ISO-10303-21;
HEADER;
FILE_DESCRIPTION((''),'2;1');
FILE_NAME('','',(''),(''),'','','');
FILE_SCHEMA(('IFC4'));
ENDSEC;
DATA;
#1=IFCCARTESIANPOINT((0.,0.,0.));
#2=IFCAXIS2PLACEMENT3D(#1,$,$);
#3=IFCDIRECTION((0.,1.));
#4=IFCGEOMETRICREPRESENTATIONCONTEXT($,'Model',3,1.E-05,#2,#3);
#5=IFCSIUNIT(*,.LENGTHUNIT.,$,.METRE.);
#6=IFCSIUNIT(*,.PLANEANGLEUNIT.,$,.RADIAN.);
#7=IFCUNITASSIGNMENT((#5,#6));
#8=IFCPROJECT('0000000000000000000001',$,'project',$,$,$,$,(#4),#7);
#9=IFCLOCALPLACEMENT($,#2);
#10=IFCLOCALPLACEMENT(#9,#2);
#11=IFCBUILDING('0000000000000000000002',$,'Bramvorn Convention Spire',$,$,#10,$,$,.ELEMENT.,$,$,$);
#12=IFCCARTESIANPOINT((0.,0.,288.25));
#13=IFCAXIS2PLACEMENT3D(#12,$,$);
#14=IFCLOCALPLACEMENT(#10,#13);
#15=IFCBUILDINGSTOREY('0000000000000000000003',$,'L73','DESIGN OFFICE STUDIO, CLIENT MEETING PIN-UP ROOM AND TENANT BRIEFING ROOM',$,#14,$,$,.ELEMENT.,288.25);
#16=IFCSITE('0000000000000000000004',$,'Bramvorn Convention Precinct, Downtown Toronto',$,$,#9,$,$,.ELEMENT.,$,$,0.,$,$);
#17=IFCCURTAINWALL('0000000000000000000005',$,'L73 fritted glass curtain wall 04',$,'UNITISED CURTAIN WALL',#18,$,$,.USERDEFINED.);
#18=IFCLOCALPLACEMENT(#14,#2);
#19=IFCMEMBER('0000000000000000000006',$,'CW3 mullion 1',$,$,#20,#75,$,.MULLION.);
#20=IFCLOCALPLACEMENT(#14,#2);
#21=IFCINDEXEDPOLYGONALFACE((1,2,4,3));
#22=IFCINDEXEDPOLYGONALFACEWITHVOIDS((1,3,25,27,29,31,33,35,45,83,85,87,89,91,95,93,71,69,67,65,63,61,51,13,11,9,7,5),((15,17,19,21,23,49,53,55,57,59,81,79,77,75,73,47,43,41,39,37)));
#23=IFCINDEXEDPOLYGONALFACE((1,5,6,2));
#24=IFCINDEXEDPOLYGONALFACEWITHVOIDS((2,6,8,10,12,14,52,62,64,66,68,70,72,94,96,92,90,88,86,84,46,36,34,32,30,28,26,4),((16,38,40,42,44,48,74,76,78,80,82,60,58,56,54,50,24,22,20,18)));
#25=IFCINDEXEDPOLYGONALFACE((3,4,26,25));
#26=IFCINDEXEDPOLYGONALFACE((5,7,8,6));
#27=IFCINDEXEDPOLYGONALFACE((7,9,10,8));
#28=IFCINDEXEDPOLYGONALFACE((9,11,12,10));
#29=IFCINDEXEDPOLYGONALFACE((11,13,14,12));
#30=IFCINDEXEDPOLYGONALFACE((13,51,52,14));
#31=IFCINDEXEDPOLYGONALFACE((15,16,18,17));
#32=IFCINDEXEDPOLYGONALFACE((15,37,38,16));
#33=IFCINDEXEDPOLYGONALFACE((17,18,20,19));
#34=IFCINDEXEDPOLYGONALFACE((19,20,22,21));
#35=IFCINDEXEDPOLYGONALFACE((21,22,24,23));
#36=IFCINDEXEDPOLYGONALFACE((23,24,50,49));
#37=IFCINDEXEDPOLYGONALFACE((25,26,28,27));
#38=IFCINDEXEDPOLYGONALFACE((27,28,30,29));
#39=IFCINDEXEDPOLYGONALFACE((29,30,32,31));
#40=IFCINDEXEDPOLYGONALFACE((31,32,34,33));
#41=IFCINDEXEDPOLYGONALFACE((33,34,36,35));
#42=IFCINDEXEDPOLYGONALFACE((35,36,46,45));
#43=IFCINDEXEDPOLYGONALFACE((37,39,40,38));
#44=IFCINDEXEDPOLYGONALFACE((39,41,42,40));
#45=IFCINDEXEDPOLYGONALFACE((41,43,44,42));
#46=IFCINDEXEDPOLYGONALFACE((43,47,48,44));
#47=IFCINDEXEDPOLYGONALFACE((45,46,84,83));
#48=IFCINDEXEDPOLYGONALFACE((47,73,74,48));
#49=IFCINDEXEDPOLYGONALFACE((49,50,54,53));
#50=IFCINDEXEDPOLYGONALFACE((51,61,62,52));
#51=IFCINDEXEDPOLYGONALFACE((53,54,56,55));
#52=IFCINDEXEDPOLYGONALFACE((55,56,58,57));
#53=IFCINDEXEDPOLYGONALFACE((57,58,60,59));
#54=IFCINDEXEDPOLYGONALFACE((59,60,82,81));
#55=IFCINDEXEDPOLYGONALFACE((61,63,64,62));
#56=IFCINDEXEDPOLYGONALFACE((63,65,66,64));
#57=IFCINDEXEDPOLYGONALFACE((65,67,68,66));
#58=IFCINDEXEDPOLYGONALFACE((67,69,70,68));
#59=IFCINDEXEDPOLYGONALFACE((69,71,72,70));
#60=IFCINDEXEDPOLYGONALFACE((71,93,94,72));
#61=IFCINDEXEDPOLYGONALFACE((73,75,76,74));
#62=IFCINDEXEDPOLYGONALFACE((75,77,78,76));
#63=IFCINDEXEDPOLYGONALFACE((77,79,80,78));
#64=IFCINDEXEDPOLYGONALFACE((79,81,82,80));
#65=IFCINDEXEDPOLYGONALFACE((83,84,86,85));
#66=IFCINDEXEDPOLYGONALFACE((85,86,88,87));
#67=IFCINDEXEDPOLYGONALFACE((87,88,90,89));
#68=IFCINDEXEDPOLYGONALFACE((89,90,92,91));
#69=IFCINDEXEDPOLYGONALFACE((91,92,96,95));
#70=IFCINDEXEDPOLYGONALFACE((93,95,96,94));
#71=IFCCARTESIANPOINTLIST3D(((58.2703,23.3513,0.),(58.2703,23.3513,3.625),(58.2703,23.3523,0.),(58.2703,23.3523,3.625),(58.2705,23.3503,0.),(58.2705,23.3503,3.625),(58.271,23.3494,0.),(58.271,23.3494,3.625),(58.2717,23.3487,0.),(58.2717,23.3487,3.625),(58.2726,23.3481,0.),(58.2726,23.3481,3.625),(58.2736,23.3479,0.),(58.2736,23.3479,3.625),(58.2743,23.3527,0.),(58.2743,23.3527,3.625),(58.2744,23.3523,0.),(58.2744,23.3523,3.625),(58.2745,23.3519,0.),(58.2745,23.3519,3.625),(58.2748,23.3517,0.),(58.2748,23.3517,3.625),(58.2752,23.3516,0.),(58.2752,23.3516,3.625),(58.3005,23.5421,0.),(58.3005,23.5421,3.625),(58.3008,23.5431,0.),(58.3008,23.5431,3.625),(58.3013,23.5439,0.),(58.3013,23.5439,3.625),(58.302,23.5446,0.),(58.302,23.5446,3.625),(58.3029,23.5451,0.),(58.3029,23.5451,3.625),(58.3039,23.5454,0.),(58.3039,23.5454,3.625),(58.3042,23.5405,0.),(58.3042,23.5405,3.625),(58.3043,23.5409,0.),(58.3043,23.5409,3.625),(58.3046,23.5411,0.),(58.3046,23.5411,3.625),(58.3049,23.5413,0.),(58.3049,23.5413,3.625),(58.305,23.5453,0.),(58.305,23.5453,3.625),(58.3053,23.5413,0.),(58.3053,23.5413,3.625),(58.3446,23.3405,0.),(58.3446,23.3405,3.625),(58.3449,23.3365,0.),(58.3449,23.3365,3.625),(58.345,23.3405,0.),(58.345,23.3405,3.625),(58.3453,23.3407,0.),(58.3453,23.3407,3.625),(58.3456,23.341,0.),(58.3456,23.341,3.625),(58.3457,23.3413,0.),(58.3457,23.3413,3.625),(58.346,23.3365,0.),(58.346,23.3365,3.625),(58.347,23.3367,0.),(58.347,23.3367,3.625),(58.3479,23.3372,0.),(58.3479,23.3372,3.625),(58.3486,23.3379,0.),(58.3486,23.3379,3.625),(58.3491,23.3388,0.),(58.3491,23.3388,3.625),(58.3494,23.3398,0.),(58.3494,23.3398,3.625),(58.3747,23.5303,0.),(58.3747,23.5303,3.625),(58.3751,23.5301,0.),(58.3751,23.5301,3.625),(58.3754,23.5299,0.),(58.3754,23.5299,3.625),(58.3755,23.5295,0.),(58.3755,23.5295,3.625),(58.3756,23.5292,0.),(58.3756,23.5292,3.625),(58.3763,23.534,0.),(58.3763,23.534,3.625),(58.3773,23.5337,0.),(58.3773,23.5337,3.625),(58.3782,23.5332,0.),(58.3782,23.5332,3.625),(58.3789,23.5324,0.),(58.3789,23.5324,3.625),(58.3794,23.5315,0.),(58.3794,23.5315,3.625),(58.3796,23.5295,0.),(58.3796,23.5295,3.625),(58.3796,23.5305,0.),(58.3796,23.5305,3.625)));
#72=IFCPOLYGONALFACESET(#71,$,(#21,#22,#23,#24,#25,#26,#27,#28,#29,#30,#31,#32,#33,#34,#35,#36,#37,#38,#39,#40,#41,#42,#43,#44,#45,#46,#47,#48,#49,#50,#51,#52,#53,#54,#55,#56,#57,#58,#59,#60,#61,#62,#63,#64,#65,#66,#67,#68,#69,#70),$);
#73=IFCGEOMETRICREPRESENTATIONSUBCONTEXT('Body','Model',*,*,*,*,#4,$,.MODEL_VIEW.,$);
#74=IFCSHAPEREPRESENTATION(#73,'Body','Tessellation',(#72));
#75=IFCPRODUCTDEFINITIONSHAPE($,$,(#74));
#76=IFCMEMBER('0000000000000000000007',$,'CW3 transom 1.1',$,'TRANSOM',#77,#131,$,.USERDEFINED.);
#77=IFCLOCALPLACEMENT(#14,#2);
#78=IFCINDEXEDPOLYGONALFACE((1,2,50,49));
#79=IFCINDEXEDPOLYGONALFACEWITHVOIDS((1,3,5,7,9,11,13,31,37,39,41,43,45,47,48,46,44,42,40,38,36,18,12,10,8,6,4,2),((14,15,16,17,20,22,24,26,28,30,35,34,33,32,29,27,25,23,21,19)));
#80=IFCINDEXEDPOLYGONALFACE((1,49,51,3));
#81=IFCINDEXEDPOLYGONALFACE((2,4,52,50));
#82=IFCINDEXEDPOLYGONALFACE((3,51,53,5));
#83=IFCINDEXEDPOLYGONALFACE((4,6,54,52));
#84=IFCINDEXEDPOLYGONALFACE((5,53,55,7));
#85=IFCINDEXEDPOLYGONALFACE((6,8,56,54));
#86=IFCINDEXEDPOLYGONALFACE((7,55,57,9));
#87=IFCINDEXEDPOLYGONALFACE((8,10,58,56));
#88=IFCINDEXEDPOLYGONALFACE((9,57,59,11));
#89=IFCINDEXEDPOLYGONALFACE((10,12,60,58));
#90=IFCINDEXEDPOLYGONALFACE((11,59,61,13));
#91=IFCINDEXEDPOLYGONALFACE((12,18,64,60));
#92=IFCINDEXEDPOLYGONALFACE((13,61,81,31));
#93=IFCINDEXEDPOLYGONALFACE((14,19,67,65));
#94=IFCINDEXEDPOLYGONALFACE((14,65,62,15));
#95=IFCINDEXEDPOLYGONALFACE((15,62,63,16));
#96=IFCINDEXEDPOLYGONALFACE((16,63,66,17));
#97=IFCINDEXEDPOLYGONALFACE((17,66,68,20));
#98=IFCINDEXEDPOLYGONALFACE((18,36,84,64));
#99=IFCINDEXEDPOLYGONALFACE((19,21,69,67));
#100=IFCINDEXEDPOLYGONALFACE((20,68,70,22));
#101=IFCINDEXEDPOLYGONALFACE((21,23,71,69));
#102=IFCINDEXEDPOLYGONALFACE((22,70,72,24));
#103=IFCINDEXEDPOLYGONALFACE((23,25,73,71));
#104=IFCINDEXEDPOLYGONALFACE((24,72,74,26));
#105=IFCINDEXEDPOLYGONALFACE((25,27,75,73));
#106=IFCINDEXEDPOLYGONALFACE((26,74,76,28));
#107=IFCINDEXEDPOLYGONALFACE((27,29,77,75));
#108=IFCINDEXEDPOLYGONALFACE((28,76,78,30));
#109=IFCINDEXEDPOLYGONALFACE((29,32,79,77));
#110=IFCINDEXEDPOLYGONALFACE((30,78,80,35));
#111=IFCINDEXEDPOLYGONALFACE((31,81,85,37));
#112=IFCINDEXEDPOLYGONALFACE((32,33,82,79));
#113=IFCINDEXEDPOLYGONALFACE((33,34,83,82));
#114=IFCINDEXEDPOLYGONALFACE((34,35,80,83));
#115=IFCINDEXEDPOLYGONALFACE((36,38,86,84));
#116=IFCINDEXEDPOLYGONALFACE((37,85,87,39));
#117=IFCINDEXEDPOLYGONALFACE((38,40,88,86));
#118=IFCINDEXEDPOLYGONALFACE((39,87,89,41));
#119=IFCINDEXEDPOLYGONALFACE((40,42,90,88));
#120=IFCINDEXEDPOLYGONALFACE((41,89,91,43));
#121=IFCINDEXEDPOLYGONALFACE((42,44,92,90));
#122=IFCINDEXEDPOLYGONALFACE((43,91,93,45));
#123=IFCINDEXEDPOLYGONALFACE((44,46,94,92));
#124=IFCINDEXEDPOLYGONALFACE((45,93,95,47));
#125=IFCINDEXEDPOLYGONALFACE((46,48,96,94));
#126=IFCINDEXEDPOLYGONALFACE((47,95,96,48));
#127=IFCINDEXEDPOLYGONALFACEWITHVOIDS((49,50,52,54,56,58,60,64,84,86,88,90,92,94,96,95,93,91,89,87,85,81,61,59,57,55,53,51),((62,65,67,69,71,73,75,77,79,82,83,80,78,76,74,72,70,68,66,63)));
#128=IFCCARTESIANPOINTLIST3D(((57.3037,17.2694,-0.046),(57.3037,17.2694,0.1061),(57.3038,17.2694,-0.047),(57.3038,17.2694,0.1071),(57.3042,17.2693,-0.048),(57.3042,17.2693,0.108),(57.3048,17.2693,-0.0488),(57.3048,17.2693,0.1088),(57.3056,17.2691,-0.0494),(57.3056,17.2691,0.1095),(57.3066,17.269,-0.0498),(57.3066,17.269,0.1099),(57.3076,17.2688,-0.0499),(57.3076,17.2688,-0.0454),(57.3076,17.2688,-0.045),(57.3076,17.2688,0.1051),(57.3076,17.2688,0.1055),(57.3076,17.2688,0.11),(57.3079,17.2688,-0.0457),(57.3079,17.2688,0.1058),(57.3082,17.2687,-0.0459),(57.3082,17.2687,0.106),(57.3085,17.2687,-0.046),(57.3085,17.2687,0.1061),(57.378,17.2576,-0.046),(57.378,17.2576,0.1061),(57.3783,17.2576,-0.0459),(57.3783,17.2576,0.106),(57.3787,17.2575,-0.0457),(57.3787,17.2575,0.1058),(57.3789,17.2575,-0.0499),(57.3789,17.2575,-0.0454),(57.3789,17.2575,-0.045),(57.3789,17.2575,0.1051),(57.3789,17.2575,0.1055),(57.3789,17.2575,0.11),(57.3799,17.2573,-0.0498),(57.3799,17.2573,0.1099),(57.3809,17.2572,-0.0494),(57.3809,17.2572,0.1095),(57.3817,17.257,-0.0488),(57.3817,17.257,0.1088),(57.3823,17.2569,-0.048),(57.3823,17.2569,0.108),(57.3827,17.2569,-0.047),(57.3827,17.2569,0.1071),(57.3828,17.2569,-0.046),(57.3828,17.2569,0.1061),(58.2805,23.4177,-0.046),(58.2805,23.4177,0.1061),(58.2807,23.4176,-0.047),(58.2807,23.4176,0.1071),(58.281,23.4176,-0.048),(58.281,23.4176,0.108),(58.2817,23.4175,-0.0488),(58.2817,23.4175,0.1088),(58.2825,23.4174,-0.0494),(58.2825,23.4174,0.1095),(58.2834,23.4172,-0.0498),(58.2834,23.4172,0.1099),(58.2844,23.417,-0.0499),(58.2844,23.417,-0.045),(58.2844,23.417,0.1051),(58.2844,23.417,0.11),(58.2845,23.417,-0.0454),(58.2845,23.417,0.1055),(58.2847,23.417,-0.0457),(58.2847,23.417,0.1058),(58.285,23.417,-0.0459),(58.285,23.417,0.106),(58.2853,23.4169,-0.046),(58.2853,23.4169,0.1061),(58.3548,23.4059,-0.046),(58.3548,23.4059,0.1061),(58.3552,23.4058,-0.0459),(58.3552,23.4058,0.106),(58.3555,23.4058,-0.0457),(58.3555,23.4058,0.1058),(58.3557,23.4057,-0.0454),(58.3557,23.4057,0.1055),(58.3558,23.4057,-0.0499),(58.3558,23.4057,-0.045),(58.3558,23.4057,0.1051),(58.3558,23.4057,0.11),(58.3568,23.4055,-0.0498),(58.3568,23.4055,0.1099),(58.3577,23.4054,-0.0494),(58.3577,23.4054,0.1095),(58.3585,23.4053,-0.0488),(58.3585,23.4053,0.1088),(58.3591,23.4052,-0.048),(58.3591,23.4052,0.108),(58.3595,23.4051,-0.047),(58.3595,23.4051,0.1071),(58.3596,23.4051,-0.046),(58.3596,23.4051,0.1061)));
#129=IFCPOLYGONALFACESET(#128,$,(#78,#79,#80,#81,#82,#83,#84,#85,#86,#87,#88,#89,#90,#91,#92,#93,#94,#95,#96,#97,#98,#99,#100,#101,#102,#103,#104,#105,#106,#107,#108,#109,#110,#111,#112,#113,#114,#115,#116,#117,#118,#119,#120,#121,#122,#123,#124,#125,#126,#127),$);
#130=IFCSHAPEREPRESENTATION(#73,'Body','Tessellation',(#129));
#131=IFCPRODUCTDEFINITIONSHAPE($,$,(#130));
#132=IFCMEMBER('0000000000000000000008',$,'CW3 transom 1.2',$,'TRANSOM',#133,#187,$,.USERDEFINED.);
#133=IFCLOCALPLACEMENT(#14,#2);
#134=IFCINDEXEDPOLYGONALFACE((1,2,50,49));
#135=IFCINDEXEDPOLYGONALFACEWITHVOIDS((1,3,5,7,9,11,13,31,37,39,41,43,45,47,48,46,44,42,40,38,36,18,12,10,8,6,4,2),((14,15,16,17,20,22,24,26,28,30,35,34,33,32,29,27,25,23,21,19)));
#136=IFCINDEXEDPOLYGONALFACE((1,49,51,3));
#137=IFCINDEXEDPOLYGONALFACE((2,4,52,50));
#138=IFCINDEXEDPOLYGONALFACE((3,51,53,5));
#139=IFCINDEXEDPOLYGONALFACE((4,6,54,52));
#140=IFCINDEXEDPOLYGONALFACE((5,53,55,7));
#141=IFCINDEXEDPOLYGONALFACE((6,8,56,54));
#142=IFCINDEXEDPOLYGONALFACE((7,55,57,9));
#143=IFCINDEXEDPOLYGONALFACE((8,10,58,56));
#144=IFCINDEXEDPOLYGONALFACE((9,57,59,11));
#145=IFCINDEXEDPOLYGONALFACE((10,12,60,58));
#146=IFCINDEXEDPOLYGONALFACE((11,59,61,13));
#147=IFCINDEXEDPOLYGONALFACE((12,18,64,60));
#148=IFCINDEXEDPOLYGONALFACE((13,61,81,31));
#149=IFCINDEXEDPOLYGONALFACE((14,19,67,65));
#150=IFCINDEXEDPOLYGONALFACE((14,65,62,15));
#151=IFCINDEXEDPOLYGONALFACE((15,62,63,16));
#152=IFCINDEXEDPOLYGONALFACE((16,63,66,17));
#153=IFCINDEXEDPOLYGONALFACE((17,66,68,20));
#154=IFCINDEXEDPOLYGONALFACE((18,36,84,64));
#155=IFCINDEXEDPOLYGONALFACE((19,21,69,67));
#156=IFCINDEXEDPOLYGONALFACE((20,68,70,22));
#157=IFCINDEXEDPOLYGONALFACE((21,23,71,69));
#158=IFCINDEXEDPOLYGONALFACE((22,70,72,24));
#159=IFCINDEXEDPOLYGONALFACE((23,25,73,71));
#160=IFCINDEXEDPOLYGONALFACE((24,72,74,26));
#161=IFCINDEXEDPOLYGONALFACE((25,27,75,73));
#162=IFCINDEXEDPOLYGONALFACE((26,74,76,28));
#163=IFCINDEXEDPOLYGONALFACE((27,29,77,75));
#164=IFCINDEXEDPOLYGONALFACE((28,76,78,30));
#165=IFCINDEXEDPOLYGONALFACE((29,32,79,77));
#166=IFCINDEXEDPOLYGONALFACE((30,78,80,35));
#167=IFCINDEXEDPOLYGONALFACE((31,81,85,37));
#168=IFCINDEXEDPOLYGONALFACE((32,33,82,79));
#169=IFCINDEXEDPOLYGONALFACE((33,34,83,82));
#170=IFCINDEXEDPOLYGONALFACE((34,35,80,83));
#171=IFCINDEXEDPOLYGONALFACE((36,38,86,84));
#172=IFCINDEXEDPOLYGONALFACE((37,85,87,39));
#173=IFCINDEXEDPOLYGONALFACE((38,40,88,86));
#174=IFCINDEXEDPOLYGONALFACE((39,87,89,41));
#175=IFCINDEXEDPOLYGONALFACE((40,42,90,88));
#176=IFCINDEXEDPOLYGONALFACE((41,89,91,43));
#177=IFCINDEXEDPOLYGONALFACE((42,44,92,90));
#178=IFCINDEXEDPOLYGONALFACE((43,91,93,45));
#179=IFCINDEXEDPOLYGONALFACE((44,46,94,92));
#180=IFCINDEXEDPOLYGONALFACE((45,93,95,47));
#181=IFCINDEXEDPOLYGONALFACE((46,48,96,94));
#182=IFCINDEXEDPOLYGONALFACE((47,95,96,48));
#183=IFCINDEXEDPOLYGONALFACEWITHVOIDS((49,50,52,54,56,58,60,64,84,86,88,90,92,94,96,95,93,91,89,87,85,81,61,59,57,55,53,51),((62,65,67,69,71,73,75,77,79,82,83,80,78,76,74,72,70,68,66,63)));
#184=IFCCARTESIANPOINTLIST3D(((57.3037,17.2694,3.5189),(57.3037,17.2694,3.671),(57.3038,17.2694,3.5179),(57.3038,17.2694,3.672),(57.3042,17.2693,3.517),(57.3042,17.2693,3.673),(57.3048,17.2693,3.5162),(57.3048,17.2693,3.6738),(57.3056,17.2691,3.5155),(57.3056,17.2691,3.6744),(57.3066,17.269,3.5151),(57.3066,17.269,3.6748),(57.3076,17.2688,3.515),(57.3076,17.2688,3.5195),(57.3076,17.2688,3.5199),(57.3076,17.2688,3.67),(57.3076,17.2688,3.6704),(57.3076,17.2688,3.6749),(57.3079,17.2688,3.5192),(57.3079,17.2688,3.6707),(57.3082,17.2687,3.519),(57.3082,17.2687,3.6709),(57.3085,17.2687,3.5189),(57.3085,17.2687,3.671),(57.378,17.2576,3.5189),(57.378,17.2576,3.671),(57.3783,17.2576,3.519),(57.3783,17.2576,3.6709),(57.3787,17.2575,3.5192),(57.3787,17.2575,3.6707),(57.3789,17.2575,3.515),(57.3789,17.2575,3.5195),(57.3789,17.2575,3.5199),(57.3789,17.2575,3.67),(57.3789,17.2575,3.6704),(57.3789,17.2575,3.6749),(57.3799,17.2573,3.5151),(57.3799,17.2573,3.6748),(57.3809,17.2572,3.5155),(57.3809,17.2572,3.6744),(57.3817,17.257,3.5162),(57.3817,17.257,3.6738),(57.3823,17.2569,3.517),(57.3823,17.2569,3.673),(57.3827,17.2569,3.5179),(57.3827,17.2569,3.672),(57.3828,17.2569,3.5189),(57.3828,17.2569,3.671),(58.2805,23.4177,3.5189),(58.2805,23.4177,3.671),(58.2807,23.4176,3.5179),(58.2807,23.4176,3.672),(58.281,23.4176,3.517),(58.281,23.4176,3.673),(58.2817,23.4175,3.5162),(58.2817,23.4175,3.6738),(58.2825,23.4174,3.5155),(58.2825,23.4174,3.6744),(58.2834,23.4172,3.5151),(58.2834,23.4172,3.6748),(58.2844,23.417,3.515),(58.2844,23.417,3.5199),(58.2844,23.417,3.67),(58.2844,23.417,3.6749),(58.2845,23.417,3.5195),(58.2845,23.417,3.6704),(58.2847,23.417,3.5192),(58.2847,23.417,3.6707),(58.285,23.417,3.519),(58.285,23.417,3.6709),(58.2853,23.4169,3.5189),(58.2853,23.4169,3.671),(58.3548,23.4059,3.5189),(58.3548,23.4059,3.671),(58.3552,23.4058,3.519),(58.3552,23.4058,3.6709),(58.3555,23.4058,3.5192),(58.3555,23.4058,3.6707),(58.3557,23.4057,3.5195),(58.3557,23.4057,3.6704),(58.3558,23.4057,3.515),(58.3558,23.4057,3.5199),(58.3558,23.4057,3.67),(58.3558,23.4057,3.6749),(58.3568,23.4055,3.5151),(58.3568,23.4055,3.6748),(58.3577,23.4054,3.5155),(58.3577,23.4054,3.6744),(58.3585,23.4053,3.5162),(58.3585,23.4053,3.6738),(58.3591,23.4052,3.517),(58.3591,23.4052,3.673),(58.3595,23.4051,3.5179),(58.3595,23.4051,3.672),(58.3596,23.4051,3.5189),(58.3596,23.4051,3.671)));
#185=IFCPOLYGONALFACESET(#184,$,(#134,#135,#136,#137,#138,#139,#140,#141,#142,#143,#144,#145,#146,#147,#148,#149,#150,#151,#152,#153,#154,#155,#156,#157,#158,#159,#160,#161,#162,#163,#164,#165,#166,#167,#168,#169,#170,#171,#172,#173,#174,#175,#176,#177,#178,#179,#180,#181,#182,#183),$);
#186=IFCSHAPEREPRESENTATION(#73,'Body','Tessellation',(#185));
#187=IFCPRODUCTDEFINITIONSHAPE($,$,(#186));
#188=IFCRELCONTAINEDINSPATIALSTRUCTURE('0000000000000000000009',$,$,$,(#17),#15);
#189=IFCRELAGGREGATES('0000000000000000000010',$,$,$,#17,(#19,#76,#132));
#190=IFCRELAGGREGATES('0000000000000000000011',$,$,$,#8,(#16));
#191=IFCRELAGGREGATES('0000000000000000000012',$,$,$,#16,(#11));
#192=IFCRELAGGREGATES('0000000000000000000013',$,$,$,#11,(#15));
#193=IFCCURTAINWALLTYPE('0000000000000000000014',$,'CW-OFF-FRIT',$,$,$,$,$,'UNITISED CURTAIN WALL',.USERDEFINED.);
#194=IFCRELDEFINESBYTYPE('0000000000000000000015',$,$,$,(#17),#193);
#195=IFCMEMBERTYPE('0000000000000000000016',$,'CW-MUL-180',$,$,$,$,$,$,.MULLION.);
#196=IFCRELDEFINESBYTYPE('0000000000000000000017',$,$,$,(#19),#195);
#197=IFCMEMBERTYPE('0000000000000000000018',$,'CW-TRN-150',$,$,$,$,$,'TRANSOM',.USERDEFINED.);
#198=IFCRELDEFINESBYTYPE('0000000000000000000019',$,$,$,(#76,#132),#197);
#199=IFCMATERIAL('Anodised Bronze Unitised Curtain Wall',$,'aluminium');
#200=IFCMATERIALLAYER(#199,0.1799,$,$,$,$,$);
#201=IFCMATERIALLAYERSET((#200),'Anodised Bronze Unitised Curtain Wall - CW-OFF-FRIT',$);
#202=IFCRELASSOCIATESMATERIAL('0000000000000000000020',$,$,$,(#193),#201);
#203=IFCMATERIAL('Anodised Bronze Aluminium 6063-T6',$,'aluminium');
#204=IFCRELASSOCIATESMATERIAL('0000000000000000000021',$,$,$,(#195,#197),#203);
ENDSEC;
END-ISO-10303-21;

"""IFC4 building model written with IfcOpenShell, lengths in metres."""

from ifc_helpers import new_model, si_unit, direction, frame, origin, origin_2d, place, context, subcontext, project, spatial, hollow_rectangle, extrude, material, layer, layer_set, material_profile, profile_set, type_object, element, aggregate, save


model = new_model("IFC4")

# Units and contexts
model_context = context("Model", 3, precision=1e-05, world=origin(), true_north=direction((0.0, 1.0)))
body_context = subcontext(model_context, "Body", "Model", "MODEL_VIEW")
ifc_project = project(units=[si_unit("LENGTHUNIT", "METRE"), si_unit("PLANEANGLEUNIT", "RADIAN")], contexts=[model_context])

# Site, building, storey
site_placement = place(None, origin())
site = spatial("IfcSite", under=ifc_project, at=site_placement, Name="Bramvorn Convention Precinct, Downtown Toronto", CompositionType="ELEMENT", RefElevation=0.0)
building_placement = place(site_placement, origin())
building = spatial("IfcBuilding", under=site, at=building_placement, Name="Bramvorn Convention Spire", CompositionType="ELEMENT")
storey_placement = place(building_placement, frame((0.0, 0.0, 288.25)))
storey = spatial("IfcBuildingStorey", under=building, at=storey_placement, Name="L73", Description="DESIGN OFFICE STUDIO, CLIENT MEETING PIN-UP ROOM AND TENANT BRIEFING ROOM", CompositionType="ELEMENT", Elevation=288.25)

# Curtain wall, members
ifc_material_1 = material(Name="Anodised Bronze Unitised Curtain Wall", Category="aluminium")
ifc_layer_1 = layer(ifc_material_1, 0.1799)
ifc_layer_set_1 = layer_set([ifc_layer_1], Name="Anodised Bronze Unitised Curtain Wall - CW-OFF-FRIT")
curtain_wall_type = type_object("IfcCurtainWallType", Name="CW-OFF-FRIT", ElementType="UNITISED CURTAIN WALL", PredefinedType="USERDEFINED", material=ifc_layer_set_1)
curtain_wall_placement = place(storey_placement, origin())
curtain_wall = element("IfcCurtainWall", 1, at=curtain_wall_placement, inside=storey, type_object=curtain_wall_type, Name="L73 fritted glass curtain wall 04", ObjectType="UNITISED CURTAIN WALL", PredefinedType="USERDEFINED")
ifc_material_2 = material(Name="Anodised Bronze Aluminium 6063-T6", Category="aluminium")
ifc_material_profile_1 = material_profile(ifc_material_2, hollow_rectangle(XDim=0.0801, YDim=0.2, WallThickness=0.0039, InnerFilletRadius=0.001, OuterFilletRadius=0.0039, at=origin_2d()))
ifc_profile_set_1 = profile_set([ifc_material_profile_1], Name="Anodised Bronze Aluminium 6063-T6 - CWM80X200")
member_type_1 = type_object("IfcMemberType", Name="CW-MUL-180", PredefinedType="MULLION", material=ifc_profile_set_1)
member_1_placement = place(storey_placement, frame((58.325, 23.4409, 0.0), z_axis=(0.0, 0.0, 1.0), x_axis=(0.987609, -0.156934, 0.0)))
member_1 = element("IfcMember", 2, at=member_1_placement, type_object=member_type_1, Name="CW3 mullion 1", PredefinedType="MULLION", context=body_context, shape_type="SweptSolid", body=[
    extrude(hollow_rectangle(XDim=0.0801, YDim=0.2, WallThickness=0.0039, InnerFilletRadius=0.001, OuterFilletRadius=0.0039, at=origin_2d()), origin(), (0.0, 0.0, 1.0), 3.625),
])
ifc_material_profile_2 = material_profile(ifc_material_2, hollow_rectangle(XDim=0.0801, YDim=0.1599, WallThickness=0.0039, InnerFilletRadius=0.001, OuterFilletRadius=0.0039, at=origin_2d()))
ifc_profile_set_2 = profile_set([ifc_material_profile_2], Name="Anodised Bronze Aluminium 6063-T6 - CWT80X160")
member_type_2 = type_object("IfcMemberType", Name="CW-TRN-150", ElementType="TRANSOM", PredefinedType="USERDEFINED", material=ifc_profile_set_2)
member_2_placement = place(storey_placement, frame((58.3201, 23.4114, 0.03), z_axis=(-0.156909, -0.987613, 0.0), x_axis=(0.987613, -0.156909, 0.0)))
member_2 = element("IfcMember", 3, at=member_2_placement, type_object=member_type_2, Name="CW3 transom 1.1", ObjectType="TRANSOM", PredefinedType="USERDEFINED", context=body_context, shape_type="SweptSolid", body=[
    extrude(hollow_rectangle(XDim=0.0801, YDim=0.1599, WallThickness=0.0039, InnerFilletRadius=0.001, OuterFilletRadius=0.0039, at=origin_2d()), origin(), (0.0, 0.0, 1.0), 6.2253),
])
member_3_placement = place(storey_placement, frame((58.3201, 23.4114, 3.595), z_axis=(-0.156909, -0.987613, 0.0), x_axis=(0.987613, -0.156909, 0.0)))
member_3 = element("IfcMember", 4, at=member_3_placement, type_object=member_type_2, Name="CW3 transom 1.2", ObjectType="TRANSOM", PredefinedType="USERDEFINED", context=body_context, shape_type="SweptSolid", body=[
    extrude(hollow_rectangle(XDim=0.0801, YDim=0.1599, WallThickness=0.0039, InnerFilletRadius=0.001, OuterFilletRadius=0.0039, at=origin_2d()), origin(), (0.0, 0.0, 1.0), 6.2253),
])
aggregate(curtain_wall, [member_1, member_2, member_3])

save(model, "model.ifc")
